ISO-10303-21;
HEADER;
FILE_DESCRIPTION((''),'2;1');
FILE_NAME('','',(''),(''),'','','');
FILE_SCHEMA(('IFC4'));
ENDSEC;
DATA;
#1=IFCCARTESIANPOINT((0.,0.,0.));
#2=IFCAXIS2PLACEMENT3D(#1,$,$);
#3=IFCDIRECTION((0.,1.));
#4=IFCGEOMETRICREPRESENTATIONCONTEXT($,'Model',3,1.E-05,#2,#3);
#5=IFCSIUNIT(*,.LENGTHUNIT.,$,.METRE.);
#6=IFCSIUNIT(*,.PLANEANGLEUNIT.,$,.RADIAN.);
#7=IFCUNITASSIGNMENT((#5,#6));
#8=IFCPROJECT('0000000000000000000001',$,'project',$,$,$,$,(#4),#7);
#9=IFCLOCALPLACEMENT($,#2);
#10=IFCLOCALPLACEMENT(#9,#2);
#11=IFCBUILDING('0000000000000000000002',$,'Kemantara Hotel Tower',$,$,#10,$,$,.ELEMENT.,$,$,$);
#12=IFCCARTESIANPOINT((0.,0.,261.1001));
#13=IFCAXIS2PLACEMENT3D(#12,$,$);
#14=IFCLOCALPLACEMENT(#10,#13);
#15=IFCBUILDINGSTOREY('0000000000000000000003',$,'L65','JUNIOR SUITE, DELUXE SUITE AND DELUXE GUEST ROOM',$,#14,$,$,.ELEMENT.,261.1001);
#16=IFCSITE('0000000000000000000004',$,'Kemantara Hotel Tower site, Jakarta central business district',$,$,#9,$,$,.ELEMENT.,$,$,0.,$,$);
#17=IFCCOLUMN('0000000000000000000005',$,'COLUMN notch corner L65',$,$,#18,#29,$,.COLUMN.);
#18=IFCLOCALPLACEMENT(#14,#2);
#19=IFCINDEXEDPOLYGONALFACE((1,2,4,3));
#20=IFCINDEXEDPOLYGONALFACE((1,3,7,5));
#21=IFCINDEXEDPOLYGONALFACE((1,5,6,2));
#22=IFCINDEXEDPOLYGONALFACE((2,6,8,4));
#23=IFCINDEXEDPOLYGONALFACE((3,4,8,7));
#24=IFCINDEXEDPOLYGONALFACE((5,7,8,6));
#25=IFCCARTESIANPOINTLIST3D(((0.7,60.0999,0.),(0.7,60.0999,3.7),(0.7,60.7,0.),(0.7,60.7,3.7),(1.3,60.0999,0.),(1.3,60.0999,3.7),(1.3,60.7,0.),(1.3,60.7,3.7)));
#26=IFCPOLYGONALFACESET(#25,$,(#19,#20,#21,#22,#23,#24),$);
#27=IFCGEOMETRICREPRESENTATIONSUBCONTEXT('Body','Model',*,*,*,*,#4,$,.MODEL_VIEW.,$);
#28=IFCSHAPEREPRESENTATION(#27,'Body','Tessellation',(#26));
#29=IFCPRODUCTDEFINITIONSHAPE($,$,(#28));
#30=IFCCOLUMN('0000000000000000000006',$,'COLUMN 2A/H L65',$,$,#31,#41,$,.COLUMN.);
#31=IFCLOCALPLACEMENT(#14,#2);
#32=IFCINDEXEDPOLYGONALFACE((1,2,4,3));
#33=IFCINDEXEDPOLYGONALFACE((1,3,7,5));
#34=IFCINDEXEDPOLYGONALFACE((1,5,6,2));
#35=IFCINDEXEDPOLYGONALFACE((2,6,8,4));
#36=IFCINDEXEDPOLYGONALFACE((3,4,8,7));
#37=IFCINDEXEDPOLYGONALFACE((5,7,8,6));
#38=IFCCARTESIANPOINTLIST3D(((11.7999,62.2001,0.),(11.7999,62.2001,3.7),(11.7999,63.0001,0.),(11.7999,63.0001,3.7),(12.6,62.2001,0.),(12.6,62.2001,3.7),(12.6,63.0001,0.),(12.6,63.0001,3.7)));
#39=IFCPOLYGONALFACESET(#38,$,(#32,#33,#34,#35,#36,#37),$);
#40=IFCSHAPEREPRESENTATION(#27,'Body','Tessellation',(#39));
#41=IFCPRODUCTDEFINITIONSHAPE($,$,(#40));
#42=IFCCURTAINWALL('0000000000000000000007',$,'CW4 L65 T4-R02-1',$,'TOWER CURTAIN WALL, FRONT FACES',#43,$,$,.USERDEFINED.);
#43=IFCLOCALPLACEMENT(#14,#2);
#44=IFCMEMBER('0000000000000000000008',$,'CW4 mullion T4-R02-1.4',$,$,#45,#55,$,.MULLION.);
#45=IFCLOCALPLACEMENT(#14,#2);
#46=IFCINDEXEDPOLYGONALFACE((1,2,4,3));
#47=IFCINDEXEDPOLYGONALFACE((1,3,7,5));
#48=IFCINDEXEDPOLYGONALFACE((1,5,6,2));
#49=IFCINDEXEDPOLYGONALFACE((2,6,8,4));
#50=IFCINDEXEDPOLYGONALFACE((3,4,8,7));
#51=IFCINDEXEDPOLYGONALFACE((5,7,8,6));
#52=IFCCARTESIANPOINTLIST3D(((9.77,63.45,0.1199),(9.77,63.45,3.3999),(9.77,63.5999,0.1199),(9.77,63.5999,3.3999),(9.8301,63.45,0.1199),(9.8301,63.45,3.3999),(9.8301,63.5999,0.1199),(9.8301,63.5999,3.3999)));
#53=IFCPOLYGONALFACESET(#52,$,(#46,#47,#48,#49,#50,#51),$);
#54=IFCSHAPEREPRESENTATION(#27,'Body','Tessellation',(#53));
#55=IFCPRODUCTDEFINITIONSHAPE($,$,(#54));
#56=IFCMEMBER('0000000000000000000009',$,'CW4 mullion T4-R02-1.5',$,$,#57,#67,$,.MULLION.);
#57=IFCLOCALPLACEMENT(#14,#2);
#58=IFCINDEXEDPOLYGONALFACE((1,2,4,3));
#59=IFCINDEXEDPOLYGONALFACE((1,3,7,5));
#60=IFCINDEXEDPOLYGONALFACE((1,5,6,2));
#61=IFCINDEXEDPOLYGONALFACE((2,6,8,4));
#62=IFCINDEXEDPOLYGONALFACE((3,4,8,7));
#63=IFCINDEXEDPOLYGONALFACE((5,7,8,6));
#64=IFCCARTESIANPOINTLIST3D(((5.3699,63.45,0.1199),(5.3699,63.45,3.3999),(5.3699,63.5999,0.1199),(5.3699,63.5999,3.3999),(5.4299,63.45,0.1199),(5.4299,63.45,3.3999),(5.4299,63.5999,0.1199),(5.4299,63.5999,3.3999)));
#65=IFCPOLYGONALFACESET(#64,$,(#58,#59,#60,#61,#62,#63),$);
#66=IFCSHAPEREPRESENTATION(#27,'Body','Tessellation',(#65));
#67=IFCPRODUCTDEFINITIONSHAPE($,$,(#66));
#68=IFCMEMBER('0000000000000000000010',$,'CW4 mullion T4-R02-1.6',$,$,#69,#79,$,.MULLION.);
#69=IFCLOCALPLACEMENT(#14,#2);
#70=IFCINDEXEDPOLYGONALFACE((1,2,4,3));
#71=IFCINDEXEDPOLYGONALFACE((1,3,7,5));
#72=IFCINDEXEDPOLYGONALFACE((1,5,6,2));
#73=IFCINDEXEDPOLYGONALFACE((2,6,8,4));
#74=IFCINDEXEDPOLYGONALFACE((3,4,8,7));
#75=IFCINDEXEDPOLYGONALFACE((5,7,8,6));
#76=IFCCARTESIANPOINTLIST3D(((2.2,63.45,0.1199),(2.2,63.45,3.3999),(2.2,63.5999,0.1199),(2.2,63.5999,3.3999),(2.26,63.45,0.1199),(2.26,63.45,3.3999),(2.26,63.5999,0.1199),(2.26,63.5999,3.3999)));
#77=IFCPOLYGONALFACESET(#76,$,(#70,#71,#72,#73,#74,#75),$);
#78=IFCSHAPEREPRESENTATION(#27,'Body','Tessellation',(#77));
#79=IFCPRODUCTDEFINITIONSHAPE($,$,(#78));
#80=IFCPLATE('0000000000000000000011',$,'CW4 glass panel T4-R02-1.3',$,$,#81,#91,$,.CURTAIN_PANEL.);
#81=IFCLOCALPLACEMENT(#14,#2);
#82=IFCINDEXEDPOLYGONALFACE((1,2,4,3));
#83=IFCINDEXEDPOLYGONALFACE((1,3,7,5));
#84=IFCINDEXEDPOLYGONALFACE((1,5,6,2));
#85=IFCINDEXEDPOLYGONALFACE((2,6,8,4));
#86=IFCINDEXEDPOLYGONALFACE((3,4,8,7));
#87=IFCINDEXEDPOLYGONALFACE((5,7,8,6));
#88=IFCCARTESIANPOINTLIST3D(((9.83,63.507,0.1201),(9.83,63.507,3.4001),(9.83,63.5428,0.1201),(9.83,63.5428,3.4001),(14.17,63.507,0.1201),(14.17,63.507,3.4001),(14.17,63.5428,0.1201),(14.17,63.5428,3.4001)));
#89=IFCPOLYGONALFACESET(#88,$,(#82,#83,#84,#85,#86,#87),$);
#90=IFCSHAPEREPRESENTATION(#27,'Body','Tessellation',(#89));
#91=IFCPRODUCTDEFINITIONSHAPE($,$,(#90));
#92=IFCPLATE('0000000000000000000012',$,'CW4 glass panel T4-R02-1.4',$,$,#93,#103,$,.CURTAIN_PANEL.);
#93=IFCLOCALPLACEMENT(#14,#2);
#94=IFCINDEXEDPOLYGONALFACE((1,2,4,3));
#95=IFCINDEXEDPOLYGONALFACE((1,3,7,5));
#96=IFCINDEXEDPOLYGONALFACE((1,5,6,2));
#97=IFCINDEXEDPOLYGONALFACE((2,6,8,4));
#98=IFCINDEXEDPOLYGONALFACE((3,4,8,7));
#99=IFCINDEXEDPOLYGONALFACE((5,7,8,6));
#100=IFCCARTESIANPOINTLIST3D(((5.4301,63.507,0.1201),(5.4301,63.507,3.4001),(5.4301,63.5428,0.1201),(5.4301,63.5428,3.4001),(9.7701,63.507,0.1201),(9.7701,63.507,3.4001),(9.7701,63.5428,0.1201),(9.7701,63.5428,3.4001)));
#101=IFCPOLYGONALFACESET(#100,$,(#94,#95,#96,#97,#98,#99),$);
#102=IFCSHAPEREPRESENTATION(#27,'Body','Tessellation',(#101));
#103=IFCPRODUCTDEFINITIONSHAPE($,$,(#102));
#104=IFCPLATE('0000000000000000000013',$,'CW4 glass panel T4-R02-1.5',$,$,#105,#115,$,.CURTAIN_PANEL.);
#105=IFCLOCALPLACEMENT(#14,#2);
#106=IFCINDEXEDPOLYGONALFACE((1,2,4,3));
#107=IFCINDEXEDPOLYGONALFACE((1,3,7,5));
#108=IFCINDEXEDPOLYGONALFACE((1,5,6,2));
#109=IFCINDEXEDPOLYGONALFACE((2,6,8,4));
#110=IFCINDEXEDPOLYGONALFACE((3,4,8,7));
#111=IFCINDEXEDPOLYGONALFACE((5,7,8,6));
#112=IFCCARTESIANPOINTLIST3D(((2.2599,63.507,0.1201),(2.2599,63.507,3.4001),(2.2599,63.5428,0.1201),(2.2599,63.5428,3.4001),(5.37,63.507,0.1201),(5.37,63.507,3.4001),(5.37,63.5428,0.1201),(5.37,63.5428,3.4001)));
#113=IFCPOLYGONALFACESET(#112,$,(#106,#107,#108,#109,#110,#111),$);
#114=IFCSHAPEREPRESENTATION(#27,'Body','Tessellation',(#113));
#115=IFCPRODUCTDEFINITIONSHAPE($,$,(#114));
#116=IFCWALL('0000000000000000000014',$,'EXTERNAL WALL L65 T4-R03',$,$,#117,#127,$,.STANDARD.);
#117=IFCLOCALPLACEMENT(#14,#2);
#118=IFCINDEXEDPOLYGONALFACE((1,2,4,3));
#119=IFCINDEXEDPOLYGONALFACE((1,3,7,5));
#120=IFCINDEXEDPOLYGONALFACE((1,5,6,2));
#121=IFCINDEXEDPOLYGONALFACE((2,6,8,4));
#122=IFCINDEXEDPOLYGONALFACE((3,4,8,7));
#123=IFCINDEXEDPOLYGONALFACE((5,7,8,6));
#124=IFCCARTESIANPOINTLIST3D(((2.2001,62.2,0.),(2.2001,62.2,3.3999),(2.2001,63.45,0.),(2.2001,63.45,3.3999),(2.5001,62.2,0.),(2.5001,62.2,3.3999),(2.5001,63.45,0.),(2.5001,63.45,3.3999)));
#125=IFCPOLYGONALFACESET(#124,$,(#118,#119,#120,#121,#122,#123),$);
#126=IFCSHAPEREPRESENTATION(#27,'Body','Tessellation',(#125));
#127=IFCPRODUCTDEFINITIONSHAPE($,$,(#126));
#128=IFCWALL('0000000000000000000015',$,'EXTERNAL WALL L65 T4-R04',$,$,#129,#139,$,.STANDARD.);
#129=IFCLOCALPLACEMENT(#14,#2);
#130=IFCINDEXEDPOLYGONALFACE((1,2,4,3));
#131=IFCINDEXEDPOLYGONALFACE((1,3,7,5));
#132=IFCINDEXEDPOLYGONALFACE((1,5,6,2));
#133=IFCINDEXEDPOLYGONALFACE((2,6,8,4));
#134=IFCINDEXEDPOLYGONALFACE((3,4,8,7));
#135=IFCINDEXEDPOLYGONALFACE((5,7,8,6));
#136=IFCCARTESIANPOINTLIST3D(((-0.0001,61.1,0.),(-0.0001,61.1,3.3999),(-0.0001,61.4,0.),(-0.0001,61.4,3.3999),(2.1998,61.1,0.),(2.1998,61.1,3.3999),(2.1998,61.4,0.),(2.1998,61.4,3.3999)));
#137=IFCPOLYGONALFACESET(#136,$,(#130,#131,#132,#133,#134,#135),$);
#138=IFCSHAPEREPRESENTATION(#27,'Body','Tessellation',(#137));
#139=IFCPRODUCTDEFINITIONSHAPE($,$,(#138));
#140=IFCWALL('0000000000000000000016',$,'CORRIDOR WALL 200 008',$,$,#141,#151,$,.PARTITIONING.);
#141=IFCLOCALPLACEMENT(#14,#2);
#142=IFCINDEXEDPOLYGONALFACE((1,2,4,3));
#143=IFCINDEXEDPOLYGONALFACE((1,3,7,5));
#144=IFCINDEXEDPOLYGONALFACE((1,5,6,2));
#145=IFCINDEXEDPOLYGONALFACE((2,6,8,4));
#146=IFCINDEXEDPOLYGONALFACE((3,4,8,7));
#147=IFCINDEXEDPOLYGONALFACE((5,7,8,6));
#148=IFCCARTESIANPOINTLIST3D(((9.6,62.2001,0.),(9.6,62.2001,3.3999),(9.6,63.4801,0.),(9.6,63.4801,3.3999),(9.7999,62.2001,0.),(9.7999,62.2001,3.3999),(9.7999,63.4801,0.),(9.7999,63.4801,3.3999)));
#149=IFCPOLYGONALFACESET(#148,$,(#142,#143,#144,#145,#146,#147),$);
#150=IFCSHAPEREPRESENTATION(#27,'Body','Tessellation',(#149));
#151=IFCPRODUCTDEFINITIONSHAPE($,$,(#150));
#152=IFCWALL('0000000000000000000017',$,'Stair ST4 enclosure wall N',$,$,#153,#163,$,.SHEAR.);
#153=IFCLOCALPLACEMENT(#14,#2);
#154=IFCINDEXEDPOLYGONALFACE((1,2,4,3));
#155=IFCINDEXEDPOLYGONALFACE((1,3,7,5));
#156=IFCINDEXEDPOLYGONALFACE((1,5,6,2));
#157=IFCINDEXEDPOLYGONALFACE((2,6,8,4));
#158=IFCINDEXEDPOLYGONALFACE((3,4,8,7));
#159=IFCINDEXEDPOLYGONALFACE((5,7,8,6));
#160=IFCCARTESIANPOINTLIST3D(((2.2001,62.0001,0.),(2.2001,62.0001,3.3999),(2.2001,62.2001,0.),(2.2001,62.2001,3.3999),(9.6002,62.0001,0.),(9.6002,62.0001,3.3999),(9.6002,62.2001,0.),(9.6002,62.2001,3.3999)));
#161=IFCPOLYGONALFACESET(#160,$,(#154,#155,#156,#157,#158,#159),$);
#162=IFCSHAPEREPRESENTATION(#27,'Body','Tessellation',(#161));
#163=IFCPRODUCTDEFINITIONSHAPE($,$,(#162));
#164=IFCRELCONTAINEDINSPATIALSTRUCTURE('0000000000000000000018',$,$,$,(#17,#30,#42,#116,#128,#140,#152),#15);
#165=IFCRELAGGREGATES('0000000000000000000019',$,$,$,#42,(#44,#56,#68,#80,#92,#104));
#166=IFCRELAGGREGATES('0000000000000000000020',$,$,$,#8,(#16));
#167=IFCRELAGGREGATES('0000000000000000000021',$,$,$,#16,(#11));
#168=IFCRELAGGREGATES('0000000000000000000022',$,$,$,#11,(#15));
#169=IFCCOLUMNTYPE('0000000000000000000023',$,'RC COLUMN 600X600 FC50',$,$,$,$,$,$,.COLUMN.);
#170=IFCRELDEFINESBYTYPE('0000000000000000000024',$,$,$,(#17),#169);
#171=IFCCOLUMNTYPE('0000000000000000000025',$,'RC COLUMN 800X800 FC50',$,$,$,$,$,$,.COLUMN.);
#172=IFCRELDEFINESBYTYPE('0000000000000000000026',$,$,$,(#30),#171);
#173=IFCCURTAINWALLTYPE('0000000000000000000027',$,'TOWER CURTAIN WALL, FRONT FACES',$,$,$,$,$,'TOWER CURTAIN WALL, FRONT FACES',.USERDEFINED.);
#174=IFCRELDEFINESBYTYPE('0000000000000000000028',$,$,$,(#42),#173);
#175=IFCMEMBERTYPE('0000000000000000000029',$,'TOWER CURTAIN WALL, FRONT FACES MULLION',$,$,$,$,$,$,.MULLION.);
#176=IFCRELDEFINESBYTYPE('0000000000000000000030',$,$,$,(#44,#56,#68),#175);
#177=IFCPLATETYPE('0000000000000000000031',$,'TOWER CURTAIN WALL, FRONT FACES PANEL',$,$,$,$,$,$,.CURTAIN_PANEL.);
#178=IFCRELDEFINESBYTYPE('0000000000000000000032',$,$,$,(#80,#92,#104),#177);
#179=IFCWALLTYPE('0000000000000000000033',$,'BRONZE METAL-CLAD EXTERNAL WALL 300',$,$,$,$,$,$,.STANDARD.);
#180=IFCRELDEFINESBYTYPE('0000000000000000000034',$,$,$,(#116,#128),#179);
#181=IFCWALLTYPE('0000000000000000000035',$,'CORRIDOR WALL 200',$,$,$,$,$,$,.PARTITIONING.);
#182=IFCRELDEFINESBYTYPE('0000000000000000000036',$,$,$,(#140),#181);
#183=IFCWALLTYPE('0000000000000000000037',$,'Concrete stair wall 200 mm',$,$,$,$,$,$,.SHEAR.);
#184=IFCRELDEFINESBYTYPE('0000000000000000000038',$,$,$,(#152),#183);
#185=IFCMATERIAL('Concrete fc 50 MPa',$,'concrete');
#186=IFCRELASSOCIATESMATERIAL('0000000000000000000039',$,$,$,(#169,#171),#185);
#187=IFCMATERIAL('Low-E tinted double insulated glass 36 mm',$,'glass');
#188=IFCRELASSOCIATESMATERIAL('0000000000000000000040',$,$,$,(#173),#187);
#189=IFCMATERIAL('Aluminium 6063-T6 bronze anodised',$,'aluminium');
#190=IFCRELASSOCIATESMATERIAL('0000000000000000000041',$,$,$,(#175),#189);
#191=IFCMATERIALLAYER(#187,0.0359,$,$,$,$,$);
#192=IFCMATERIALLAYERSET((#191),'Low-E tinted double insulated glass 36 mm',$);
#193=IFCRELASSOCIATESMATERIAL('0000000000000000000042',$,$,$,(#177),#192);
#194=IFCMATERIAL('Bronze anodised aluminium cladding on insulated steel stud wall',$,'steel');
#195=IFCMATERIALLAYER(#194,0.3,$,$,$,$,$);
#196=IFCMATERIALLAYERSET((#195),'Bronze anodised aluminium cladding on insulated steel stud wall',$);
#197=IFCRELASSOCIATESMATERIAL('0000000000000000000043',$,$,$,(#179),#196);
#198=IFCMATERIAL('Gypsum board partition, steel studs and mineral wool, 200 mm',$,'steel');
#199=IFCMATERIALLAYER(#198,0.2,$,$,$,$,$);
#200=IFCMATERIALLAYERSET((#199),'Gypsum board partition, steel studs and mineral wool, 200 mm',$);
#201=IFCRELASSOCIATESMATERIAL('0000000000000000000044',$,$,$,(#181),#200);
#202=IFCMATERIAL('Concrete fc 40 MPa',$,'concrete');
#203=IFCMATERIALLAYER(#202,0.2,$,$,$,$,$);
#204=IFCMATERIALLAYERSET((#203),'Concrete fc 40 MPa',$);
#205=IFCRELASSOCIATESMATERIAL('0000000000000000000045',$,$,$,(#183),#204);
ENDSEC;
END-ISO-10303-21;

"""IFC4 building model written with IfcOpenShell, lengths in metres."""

from ifc_helpers import new_model, si_unit, direction, frame, frame_2d, origin, origin_2d, place, context, subcontext, project, spatial, rectangle, extrude, source, transform, mapped, material, layer, layer_set, material_profile, profile_set, type_object, element, aggregate, save


model = new_model("IFC4")

# Units and contexts
model_context = context("Model", 3, precision=1e-05, world=origin(), true_north=direction((0.0, 1.0)))
body_context = subcontext(model_context, "Body", "Model", "MODEL_VIEW")
ifc_project = project(units=[si_unit("LENGTHUNIT", "METRE"), si_unit("PLANEANGLEUNIT", "RADIAN")], contexts=[model_context])

# Site, building, storey
site_placement = place(None, origin())
site = spatial("IfcSite", under=ifc_project, at=site_placement, Name="Kemantara Hotel Tower site, Jakarta central business district", CompositionType="ELEMENT", RefElevation=0.0)
building_placement = place(site_placement, origin())
building = spatial("IfcBuilding", under=site, at=building_placement, Name="Kemantara Hotel Tower", CompositionType="ELEMENT")
storey_placement = place(building_placement, frame((0.0, 0.0, 261.1001)))
storey = spatial("IfcBuildingStorey", under=building, at=storey_placement, Name="L65", Description="JUNIOR SUITE, DELUXE SUITE AND DELUXE GUEST ROOM", CompositionType="ELEMENT", Elevation=261.1001)

# Columns
ifc_material_1 = material(Name="Concrete fc 50 MPa", Category="concrete")
ifc_material_profile_1 = material_profile(ifc_material_1, rectangle(XDim=0.6001, YDim=0.6001, at=origin_2d()), Name="RC 600X600")
ifc_profile_set_1 = profile_set([ifc_material_profile_1], Name="Concrete fc 50 MPa")
column_type_1 = type_object("IfcColumnType", Name="RC COLUMN 600X600 FC50", PredefinedType="COLUMN", material=ifc_profile_set_1)
column_1_placement = place(storey_placement, frame((1.0, 60.3999, 0.0), z_axis=(0.0, 0.0, 1.0), x_axis=(1.0, 0.0, 0.0)))
element("IfcColumn", 1, at=column_1_placement, inside=storey, type_object=column_type_1, Name="COLUMN notch corner L65", PredefinedType="COLUMN", context=body_context, shape_type="SweptSolid", body=[
    extrude(rectangle(XDim=0.6001, YDim=0.6001, at=origin_2d()), origin(), (0.0, 0.0, 1.0), 3.7),
])
ifc_material_profile_2 = material_profile(ifc_material_1, rectangle(XDim=0.8, YDim=0.8, at=origin_2d()), Name="RC 800X800")
ifc_profile_set_2 = profile_set([ifc_material_profile_2], Name="Concrete fc 50 MPa")
column_type_2 = type_object("IfcColumnType", Name="RC COLUMN 800X800 FC50", PredefinedType="COLUMN", material=ifc_profile_set_2)
column_2_placement = place(storey_placement, frame((12.2, 62.6001, 0.0), z_axis=(0.0, 0.0, 1.0), x_axis=(1.0, 0.0, 0.0)))
element("IfcColumn", 2, at=column_2_placement, inside=storey, type_object=column_type_2, Name="COLUMN 2A/H L65", PredefinedType="COLUMN", context=body_context, shape_type="SweptSolid", body=[
    extrude(rectangle(XDim=0.8, YDim=0.8, at=origin_2d()), origin(), (0.0, 0.0, 1.0), 3.7),
])

# Curtain wall, members, plates
ifc_material_2 = material(Name="Low-E tinted double insulated glass 36 mm", Category="glass")
curtain_wall_type = type_object("IfcCurtainWallType", Name="TOWER CURTAIN WALL, FRONT FACES", ElementType="TOWER CURTAIN WALL, FRONT FACES", PredefinedType="USERDEFINED", material=ifc_material_2)
curtain_wall_placement = place(storey_placement, origin())
curtain_wall = element("IfcCurtainWall", 3, at=curtain_wall_placement, inside=storey, type_object=curtain_wall_type, Name="CW4 L65 T4-R02-1", ObjectType="TOWER CURTAIN WALL, FRONT FACES", PredefinedType="USERDEFINED")
ifc_material_3 = material(Name="Aluminium 6063-T6 bronze anodised", Category="aluminium")
ifc_material_profile_3 = material_profile(ifc_material_3, rectangle(XDim=0.1499, YDim=0.0601, at=origin_2d()), Name="TOWER CURTAIN WALL, FRONT FACES MULLION")
ifc_profile_set_3 = profile_set([ifc_material_profile_3], Name="Aluminium 6063-T6 bronze anodised")
member_type = type_object("IfcMemberType", Name="TOWER CURTAIN WALL, FRONT FACES MULLION", PredefinedType="MULLION", material=ifc_profile_set_3)
shared_shape_1 = source(origin(), body_context, "Body", "SweptSolid", [
    extrude(rectangle(XDim=0.1499, YDim=0.0601, at=origin_2d()), origin(), (0.0, 0.0, 1.0), 3.28),
])
member_1_placement = place(storey_placement, frame((9.8, 63.5249, 0.1199), z_axis=(0.0, 0.0, 1.0), x_axis=(0.0, -1.0, 0.0)))
member_1 = element("IfcMember", 4, at=member_1_placement, type_object=member_type, Name="CW4 mullion T4-R02-1.4", PredefinedType="MULLION", context=body_context, shape_type="MappedRepresentation", body=[
    mapped(shared_shape_1, transform((0.0, 0.0, 0.0))),
])
member_2_placement = place(storey_placement, frame((5.3999, 63.5249, 0.1199), z_axis=(0.0, 0.0, 1.0), x_axis=(0.0, -1.0, 0.0)))
member_2 = element("IfcMember", 5, at=member_2_placement, type_object=member_type, Name="CW4 mullion T4-R02-1.5", PredefinedType="MULLION", context=body_context, shape_type="MappedRepresentation", body=[
    mapped(shared_shape_1, transform((0.0, 0.0, 0.0))),
])
member_3_placement = place(storey_placement, frame((2.23, 63.5249, 0.1199), z_axis=(0.0, 0.0, 1.0), x_axis=(0.0, -1.0, 0.0)))
member_3 = element("IfcMember", 6, at=member_3_placement, type_object=member_type, Name="CW4 mullion T4-R02-1.6", PredefinedType="MULLION", context=body_context, shape_type="MappedRepresentation", body=[
    mapped(shared_shape_1, transform((0.0, 0.0, 0.0))),
])
ifc_layer_1 = layer(ifc_material_2, 0.0359)
ifc_layer_set_1 = layer_set([ifc_layer_1], Name="Low-E tinted double insulated glass 36 mm")
plate_type = type_object("IfcPlateType", Name="TOWER CURTAIN WALL, FRONT FACES PANEL", PredefinedType="CURTAIN_PANEL", material=ifc_layer_set_1)
shared_shape_2 = source(origin(), body_context, "Body", "SweptSolid", [
    extrude(rectangle(XDim=4.3401, YDim=0.0359, at=origin_2d()), origin(), (0.0, 0.0, 1.0), 3.28),
])
plate_1_placement = place(storey_placement, frame((12.0, 63.5249, 0.1201), z_axis=(0.0, 0.0, 1.0), x_axis=(-1.0, 0.0, 0.0)))
plate_1 = element("IfcPlate", 7, at=plate_1_placement, type_object=plate_type, Name="CW4 glass panel T4-R02-1.3", PredefinedType="CURTAIN_PANEL", context=body_context, shape_type="MappedRepresentation", body=[
    mapped(shared_shape_2, transform((0.0, 0.0, 0.0))),
])
plate_2_placement = place(storey_placement, frame((7.6001, 63.5249, 0.1201), z_axis=(0.0, 0.0, 1.0), x_axis=(-1.0, 0.0, 0.0)))
plate_2 = element("IfcPlate", 8, at=plate_2_placement, type_object=plate_type, Name="CW4 glass panel T4-R02-1.4", PredefinedType="CURTAIN_PANEL", context=body_context, shape_type="MappedRepresentation", body=[
    mapped(shared_shape_2, transform((0.0, 0.0, 0.0))),
])
shared_shape_3 = source(origin(), body_context, "Body", "SweptSolid", [
    extrude(rectangle(XDim=3.1101, YDim=0.0359, at=origin_2d()), origin(), (0.0, 0.0, 1.0), 3.28),
])
plate_3_placement = place(storey_placement, frame((3.8149, 63.5249, 0.1201), z_axis=(0.0, 0.0, 1.0), x_axis=(-1.0, 0.0, 0.0)))
plate_3 = element("IfcPlate", 9, at=plate_3_placement, type_object=plate_type, Name="CW4 glass panel T4-R02-1.5", PredefinedType="CURTAIN_PANEL", context=body_context, shape_type="MappedRepresentation", body=[
    mapped(shared_shape_3, transform((0.0, 0.0, 0.0))),
])
aggregate(curtain_wall, [member_1, member_2, member_3, plate_1, plate_2, plate_3])

# Walls
ifc_material_4 = material(Name="Bronze anodised aluminium cladding on insulated steel stud wall", Category="steel")
ifc_layer_2 = layer(ifc_material_4, 0.3)
ifc_layer_set_2 = layer_set([ifc_layer_2], Name="Bronze anodised aluminium cladding on insulated steel stud wall")
wall_type_1 = type_object("IfcWallType", Name="BRONZE METAL-CLAD EXTERNAL WALL 300", PredefinedType="STANDARD", material=ifc_layer_set_2)
wall_1_placement = place(storey_placement, frame((2.3501, 63.45, 0.0), z_axis=(0.0, 0.0, 1.0), x_axis=(0.0, -1.0, 0.0)))
element("IfcWall", 10, at=wall_1_placement, inside=storey, type_object=wall_type_1, Name="EXTERNAL WALL L65 T4-R03", PredefinedType="STANDARD", context=body_context, shape_type="SweptSolid", body=[
    extrude(rectangle(XDim=1.25, YDim=0.3, at=frame_2d((0.625, 0.0))), origin(), (0.0, 0.0, 1.0), 3.3999),
])
wall_2_placement = place(storey_placement, frame((2.2, 61.25, 0.0), z_axis=(0.0, 0.0, 1.0), x_axis=(-1.0, 0.0, 0.0)))
element("IfcWall", 11, at=wall_2_placement, inside=storey, type_object=wall_type_1, Name="EXTERNAL WALL L65 T4-R04", PredefinedType="STANDARD", context=body_context, shape_type="SweptSolid", body=[
    extrude(rectangle(XDim=2.2, YDim=0.3, at=frame_2d((1.1001, 0.0))), origin(), (0.0, 0.0, 1.0), 3.3999),
])

# Walls
ifc_material_5 = material(Name="Gypsum board partition, steel studs and mineral wool, 200 mm", Category="steel")
ifc_layer_3 = layer(ifc_material_5, 0.2)
ifc_layer_set_3 = layer_set([ifc_layer_3], Name="Gypsum board partition, steel studs and mineral wool, 200 mm")
wall_type_2 = type_object("IfcWallType", Name="CORRIDOR WALL 200", PredefinedType="PARTITIONING", material=ifc_layer_set_3)
wall_3_placement = place(storey_placement, frame((9.7, 62.2, 0.0), z_axis=(0.0, 0.0, 1.0), x_axis=(0.0, 1.0, 0.0)))
element("IfcWall", 12, at=wall_3_placement, inside=storey, type_object=wall_type_2, Name="CORRIDOR WALL 200 008", PredefinedType="PARTITIONING", context=body_context, shape_type="SweptSolid", body=[
    extrude(rectangle(XDim=1.28, YDim=0.2, at=frame_2d((0.6401, 0.0))), origin(), (0.0, 0.0, 1.0), 3.3999),
])
ifc_material_6 = material(Name="Concrete fc 40 MPa", Category="concrete")
ifc_layer_4 = layer(ifc_material_6, 0.2)
ifc_layer_set_4 = layer_set([ifc_layer_4], Name="Concrete fc 40 MPa")
wall_type_3 = type_object("IfcWallType", Name="Concrete stair wall 200 mm", PredefinedType="SHEAR", material=ifc_layer_set_4)
wall_4_placement = place(storey_placement, frame((2.2, 62.1001, 0.0), z_axis=(0.0, 0.0, 1.0), x_axis=(1.0, 0.0, 0.0)))
element("IfcWall", 13, at=wall_4_placement, inside=storey, type_object=wall_type_3, Name="Stair ST4 enclosure wall N", PredefinedType="SHEAR", context=body_context, shape_type="SweptSolid", body=[
    extrude(rectangle(XDim=7.4001, YDim=0.2, at=frame_2d((3.7002, 0.0))), origin(), (0.0, 0.0, 1.0), 3.3999),
])

save(model, "model.ifc")
